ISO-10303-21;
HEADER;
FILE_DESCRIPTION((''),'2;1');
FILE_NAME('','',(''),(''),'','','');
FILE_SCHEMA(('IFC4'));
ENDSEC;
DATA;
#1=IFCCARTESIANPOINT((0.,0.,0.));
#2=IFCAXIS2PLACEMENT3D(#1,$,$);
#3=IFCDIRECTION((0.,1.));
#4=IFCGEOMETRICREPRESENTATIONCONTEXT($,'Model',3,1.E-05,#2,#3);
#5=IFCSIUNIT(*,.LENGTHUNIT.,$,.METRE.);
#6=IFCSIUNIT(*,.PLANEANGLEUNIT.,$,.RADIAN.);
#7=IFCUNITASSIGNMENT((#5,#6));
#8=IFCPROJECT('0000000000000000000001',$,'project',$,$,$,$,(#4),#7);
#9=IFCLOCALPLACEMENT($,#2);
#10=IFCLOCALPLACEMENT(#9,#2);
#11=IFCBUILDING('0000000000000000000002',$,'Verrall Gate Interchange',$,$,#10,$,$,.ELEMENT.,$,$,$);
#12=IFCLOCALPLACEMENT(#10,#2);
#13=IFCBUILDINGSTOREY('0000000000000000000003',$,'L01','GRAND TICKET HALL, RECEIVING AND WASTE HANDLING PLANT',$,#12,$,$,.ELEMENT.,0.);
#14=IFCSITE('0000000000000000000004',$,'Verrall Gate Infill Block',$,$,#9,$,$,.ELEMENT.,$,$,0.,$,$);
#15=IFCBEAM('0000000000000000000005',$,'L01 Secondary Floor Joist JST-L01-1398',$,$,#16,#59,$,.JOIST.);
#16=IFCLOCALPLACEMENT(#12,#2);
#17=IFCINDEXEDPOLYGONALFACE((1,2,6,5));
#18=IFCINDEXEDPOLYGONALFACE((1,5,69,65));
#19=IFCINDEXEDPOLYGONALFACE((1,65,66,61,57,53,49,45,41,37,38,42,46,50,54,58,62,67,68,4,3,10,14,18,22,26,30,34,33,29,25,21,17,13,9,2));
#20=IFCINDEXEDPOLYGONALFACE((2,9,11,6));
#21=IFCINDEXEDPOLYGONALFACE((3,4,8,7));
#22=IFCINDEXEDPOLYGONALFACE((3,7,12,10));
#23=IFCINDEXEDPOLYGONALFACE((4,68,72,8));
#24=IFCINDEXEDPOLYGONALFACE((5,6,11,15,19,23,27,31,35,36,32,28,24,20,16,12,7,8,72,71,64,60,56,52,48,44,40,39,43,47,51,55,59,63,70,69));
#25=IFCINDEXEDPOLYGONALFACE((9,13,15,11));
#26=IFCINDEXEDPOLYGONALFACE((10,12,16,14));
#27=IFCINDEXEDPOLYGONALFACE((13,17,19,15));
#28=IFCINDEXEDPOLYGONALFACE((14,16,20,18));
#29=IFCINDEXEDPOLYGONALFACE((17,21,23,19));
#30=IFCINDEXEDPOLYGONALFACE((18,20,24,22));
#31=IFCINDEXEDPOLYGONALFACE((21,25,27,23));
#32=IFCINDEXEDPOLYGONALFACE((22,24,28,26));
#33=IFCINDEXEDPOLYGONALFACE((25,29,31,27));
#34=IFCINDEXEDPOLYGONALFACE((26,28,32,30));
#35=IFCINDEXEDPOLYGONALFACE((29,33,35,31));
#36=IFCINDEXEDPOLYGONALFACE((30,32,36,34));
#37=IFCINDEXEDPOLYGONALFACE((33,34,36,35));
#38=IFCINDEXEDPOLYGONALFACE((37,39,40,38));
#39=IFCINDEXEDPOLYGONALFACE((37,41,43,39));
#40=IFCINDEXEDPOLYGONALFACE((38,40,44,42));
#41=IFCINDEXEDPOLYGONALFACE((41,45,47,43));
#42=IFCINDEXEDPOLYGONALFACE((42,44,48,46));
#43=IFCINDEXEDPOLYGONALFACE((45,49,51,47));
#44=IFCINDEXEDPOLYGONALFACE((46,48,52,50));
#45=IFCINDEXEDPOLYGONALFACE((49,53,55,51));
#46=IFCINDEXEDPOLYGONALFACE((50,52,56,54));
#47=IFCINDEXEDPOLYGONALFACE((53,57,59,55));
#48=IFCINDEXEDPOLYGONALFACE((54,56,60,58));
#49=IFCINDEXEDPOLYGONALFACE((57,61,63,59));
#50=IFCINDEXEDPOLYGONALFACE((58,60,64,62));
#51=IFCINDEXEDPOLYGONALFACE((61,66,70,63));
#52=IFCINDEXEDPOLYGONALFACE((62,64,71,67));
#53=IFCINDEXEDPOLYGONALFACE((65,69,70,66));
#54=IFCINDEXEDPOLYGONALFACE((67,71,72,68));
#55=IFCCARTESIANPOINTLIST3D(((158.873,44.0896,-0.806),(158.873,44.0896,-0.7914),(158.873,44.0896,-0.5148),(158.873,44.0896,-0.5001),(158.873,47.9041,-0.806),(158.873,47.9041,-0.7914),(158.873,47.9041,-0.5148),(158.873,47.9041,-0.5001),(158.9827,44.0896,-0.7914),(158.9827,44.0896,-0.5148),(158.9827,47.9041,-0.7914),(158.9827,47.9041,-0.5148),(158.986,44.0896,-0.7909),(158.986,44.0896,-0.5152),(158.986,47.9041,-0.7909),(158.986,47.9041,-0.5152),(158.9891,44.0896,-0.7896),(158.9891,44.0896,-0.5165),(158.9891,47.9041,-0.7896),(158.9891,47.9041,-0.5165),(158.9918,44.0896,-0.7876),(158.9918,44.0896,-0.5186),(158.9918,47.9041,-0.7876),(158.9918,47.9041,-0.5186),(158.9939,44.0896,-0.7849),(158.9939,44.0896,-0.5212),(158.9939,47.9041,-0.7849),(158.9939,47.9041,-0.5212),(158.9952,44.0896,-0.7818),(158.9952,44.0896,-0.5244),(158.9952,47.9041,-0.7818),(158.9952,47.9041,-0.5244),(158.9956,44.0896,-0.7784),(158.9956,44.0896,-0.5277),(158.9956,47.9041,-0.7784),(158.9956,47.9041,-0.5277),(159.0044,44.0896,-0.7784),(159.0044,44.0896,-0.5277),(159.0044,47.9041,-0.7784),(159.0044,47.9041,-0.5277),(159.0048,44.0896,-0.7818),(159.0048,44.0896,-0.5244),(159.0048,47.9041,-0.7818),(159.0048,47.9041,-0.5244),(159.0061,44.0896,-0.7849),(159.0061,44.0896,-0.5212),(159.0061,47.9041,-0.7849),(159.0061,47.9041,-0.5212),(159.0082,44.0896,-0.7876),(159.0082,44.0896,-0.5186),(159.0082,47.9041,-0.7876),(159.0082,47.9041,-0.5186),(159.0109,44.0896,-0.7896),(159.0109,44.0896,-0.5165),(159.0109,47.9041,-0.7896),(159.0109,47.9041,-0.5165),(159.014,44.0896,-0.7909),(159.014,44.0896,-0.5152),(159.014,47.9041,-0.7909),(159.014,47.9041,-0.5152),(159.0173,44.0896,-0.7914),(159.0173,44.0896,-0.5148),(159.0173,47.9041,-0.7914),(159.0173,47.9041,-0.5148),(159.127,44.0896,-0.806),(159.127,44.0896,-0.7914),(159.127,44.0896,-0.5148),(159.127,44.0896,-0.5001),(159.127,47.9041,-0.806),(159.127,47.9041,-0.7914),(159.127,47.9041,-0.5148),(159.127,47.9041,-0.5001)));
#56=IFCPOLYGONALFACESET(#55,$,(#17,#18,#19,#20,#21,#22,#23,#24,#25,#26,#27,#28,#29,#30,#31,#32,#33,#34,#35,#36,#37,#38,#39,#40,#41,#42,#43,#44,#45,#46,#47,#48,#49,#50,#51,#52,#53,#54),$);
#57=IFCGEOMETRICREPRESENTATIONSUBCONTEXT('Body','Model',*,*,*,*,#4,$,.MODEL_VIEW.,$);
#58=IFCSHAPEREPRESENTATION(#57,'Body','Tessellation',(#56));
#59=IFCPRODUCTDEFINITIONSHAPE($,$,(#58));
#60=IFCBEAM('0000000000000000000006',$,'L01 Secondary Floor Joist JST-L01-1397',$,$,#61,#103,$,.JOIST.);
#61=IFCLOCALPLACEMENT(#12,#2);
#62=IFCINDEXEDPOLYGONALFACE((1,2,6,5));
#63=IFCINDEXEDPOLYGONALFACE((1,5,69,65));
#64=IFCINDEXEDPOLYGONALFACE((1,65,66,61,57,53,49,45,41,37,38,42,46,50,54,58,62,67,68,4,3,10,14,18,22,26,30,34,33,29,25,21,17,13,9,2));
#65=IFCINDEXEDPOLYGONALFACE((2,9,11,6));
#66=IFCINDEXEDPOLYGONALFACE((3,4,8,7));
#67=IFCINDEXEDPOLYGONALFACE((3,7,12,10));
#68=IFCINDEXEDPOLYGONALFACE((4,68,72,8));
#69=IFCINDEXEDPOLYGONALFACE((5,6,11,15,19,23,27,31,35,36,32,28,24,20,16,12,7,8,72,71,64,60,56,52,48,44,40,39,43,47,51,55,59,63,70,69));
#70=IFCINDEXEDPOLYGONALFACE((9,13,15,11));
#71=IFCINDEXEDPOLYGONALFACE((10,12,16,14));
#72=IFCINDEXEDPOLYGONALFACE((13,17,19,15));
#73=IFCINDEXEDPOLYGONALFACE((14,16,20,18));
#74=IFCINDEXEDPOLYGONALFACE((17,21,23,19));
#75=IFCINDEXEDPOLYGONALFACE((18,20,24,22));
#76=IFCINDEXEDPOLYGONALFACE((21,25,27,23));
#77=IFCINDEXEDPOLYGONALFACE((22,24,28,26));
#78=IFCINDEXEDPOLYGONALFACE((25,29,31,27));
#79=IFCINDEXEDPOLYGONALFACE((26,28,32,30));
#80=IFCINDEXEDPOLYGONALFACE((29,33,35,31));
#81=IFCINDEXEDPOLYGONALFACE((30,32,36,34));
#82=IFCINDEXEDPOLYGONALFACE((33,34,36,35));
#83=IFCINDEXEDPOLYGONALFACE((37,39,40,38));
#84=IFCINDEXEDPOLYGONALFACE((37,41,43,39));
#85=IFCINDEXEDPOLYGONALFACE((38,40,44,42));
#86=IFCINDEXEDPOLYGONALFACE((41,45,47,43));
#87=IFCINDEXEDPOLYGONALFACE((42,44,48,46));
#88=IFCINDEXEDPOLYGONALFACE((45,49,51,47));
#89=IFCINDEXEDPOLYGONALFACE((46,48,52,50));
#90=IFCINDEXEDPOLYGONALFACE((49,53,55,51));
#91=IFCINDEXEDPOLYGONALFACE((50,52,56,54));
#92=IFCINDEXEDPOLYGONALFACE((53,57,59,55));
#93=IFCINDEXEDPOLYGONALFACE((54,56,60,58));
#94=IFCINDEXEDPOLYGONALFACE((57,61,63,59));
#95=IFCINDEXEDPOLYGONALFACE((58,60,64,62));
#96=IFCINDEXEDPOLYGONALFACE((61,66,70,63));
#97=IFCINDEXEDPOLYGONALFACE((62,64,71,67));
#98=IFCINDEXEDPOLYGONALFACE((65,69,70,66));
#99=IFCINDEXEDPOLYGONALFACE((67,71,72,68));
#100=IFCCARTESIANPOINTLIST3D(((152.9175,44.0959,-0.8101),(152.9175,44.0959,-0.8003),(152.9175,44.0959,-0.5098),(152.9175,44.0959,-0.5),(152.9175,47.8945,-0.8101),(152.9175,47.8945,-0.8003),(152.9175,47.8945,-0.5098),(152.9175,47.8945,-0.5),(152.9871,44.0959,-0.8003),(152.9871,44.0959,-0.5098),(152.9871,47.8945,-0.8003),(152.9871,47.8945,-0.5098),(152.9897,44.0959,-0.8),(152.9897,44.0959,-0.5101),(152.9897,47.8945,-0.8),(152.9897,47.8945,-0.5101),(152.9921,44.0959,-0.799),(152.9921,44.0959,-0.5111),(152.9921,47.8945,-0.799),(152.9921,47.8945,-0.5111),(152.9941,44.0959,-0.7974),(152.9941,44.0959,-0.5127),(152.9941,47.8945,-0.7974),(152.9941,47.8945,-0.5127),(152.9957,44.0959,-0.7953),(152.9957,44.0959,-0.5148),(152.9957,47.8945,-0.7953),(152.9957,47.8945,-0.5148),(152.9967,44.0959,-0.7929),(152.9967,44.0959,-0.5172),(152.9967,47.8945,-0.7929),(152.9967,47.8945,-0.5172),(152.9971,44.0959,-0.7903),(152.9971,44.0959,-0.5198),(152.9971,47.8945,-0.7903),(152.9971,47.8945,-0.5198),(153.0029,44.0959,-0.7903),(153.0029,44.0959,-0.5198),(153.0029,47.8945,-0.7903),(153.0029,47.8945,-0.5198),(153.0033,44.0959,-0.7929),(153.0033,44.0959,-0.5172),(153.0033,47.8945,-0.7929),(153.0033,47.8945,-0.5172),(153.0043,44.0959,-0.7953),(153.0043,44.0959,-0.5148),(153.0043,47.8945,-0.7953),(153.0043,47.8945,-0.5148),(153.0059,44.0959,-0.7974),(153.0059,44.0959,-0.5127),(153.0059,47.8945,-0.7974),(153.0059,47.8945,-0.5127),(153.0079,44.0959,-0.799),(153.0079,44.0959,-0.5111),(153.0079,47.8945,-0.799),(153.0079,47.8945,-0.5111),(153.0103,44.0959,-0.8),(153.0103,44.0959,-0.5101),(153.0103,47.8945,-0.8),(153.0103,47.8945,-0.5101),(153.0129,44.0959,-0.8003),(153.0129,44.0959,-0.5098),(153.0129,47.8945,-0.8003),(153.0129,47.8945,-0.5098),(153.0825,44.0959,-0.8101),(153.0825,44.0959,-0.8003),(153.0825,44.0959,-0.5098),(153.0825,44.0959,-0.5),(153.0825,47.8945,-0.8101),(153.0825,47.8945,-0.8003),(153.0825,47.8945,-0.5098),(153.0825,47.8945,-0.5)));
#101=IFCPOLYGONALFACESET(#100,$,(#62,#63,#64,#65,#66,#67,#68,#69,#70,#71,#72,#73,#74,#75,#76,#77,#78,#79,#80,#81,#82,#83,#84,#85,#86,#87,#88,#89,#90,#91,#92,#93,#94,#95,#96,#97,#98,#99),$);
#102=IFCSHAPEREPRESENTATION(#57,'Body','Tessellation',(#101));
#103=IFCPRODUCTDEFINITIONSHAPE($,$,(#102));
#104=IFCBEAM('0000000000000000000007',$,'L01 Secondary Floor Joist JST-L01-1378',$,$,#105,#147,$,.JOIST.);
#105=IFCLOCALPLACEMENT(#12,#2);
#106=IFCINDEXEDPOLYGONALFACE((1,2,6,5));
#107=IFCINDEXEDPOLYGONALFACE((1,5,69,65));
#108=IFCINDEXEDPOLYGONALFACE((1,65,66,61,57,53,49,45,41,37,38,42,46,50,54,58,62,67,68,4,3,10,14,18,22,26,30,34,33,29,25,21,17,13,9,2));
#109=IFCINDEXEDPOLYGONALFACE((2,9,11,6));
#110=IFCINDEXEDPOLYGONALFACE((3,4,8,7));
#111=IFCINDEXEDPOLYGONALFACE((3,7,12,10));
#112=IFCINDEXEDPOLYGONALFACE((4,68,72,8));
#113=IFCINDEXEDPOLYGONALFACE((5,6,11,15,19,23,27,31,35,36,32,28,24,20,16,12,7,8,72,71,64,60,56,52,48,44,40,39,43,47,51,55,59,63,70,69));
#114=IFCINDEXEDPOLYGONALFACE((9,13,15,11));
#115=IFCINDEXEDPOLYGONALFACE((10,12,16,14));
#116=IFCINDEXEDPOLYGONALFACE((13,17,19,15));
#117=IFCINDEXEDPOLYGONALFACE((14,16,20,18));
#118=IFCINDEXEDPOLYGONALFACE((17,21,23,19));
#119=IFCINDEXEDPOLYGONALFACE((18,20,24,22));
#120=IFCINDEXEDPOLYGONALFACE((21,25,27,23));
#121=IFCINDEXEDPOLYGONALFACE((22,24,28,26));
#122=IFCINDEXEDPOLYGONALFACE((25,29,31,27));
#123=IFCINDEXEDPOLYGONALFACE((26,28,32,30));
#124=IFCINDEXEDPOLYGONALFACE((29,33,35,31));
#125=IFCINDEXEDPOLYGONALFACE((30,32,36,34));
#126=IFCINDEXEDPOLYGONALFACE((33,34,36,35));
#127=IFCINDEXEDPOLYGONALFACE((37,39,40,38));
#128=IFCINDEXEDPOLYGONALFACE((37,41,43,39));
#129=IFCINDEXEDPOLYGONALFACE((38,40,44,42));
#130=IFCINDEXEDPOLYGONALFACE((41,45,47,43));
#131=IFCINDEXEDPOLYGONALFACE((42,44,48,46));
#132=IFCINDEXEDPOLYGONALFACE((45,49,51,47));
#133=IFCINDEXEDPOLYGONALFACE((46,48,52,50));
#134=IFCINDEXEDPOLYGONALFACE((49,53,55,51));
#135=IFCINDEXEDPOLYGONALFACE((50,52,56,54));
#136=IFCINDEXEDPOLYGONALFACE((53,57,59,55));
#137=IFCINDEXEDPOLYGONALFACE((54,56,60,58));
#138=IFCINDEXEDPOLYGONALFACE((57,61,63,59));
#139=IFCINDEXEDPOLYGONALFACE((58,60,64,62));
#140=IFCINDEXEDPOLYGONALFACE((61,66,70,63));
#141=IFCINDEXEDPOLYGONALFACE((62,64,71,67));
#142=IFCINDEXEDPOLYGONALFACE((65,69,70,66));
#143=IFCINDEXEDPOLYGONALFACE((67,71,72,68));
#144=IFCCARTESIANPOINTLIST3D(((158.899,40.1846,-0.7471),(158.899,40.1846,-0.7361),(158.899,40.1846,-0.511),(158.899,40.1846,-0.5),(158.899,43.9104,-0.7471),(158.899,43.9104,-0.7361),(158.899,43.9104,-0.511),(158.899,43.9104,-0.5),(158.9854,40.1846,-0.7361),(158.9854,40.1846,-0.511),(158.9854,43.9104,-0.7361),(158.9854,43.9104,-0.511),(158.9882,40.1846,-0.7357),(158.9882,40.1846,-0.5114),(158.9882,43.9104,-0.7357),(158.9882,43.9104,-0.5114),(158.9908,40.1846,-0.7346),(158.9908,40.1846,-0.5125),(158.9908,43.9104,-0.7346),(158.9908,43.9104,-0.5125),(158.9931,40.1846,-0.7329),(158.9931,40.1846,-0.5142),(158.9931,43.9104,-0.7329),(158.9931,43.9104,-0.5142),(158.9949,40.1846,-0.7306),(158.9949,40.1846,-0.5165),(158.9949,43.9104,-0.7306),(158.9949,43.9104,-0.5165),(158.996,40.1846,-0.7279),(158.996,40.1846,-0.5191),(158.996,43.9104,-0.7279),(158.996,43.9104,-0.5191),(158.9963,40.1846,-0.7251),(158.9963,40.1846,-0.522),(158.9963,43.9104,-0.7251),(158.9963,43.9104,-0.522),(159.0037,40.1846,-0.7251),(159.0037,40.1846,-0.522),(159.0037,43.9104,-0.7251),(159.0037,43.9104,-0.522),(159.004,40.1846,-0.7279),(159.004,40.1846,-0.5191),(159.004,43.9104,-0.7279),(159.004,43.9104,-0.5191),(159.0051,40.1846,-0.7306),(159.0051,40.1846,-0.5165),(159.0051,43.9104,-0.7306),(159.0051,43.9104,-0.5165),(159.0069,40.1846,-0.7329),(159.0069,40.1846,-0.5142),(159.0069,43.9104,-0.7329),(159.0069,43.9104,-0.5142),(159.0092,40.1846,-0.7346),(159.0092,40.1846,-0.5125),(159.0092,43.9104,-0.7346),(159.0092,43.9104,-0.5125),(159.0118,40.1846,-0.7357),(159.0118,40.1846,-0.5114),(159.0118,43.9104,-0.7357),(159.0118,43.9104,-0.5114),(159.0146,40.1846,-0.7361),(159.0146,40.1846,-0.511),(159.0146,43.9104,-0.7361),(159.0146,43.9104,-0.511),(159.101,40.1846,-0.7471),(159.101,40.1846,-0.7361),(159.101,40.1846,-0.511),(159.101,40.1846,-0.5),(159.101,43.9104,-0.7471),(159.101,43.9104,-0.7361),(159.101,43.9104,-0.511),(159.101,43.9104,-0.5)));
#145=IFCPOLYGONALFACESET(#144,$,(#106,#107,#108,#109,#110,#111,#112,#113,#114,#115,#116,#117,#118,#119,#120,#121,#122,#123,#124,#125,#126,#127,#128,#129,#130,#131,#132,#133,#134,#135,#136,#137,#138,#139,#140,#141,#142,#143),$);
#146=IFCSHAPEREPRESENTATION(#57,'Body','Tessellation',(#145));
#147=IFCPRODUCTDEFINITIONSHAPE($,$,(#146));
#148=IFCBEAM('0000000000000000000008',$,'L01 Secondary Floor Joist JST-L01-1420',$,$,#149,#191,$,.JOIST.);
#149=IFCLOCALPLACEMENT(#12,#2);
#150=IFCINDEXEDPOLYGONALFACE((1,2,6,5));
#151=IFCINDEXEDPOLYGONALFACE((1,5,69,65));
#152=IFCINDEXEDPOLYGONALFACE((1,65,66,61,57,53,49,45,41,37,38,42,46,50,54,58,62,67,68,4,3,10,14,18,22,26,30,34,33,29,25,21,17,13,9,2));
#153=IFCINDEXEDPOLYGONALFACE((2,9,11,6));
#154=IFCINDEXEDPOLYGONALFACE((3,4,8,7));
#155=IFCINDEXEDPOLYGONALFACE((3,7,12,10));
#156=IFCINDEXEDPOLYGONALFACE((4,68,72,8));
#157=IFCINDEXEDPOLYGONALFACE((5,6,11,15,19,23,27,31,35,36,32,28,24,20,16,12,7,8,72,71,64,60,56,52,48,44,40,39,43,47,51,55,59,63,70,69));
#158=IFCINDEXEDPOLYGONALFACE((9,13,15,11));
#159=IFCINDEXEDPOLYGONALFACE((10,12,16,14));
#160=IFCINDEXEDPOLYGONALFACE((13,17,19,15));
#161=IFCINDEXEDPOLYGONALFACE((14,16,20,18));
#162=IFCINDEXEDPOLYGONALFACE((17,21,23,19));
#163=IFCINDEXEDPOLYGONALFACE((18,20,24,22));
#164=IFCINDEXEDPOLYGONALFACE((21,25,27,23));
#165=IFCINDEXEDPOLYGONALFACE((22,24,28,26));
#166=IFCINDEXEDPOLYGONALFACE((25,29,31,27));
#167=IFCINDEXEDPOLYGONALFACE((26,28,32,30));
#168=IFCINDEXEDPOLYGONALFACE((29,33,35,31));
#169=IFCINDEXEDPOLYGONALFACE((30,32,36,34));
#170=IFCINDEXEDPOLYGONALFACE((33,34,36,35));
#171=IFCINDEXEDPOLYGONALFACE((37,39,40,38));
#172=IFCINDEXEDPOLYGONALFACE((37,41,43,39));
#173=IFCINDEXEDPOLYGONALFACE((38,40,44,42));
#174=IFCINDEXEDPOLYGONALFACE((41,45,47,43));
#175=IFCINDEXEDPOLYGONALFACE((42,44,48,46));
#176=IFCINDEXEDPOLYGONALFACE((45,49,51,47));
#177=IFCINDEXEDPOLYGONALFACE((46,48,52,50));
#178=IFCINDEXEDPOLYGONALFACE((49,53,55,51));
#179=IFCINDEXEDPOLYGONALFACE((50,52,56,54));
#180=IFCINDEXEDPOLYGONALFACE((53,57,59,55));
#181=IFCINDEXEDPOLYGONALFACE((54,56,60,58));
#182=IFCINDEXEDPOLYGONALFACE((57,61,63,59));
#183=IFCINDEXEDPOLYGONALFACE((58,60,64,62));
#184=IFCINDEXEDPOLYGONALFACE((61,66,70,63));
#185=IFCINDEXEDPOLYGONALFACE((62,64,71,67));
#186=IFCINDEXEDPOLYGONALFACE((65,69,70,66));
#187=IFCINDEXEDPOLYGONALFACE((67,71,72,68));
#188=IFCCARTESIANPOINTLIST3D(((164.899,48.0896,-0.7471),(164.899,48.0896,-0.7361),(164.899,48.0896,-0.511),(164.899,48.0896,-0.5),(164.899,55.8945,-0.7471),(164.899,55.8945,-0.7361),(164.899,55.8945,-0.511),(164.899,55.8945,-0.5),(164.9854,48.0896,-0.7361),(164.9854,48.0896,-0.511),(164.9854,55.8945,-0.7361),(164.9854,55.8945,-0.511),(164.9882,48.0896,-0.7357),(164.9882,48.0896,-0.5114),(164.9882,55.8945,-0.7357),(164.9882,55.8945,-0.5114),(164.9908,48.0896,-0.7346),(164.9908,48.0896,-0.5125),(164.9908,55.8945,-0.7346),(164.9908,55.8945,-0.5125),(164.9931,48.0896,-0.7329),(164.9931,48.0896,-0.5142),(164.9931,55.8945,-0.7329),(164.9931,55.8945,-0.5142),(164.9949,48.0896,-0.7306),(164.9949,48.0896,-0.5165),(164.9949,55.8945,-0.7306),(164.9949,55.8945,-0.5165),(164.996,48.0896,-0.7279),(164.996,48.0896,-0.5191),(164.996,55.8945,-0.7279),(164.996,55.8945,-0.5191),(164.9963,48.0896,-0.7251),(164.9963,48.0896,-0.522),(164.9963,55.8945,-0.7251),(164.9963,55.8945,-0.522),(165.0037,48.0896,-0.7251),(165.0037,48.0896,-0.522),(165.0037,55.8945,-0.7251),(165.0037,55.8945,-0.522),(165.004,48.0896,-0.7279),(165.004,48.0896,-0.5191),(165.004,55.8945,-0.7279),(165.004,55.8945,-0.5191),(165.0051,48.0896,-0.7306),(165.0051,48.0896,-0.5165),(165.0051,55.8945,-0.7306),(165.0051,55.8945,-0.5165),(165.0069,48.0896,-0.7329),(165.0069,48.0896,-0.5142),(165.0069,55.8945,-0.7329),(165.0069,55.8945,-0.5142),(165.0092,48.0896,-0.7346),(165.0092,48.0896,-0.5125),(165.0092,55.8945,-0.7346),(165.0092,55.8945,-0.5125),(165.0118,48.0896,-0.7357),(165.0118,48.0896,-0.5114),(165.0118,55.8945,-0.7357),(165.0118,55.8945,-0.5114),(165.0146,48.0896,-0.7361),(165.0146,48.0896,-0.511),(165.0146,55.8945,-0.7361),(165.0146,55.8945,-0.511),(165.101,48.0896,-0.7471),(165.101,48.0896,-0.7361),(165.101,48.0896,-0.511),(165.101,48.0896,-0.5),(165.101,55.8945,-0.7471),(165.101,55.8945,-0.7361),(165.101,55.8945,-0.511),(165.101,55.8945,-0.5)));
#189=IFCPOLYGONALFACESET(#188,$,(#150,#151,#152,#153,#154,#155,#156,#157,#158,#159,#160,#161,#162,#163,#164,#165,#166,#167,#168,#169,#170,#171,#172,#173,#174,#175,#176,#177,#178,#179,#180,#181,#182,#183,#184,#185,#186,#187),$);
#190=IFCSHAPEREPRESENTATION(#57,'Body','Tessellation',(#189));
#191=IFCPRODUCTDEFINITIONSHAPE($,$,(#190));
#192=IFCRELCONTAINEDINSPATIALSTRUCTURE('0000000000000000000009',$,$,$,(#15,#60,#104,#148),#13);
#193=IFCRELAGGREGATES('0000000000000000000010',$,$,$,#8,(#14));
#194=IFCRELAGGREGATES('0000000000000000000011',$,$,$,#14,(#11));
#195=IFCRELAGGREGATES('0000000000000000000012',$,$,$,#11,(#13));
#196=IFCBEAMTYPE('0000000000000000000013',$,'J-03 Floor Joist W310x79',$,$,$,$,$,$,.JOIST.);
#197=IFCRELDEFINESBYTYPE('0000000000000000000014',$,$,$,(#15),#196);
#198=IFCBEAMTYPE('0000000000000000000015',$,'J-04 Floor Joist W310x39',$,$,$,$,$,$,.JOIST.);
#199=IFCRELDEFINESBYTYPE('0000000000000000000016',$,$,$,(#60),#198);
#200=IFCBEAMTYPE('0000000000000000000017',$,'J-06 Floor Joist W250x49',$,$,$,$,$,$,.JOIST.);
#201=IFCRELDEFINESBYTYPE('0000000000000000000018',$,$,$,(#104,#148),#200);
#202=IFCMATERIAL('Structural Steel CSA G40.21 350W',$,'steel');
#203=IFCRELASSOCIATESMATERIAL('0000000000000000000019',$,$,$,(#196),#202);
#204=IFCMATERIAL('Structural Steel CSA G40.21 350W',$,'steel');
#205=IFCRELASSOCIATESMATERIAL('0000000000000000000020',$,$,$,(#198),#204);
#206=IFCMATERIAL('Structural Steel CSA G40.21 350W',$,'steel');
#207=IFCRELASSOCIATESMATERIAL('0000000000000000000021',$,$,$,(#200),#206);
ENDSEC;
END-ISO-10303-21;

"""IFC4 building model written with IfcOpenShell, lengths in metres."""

from ifc_helpers import new_model, si_unit, direction, frame, origin, origin_2d, place, context, subcontext, project, spatial, i_section, extrude, material, material_profile, profile_set, type_object, element, save


model = new_model("IFC4")

# Units and contexts
model_context = context("Model", 3, precision=1e-05, world=origin(), true_north=direction((0.0, 1.0)))
body_context = subcontext(model_context, "Body", "Model", "MODEL_VIEW")
ifc_project = project(units=[si_unit("LENGTHUNIT", "METRE"), si_unit("PLANEANGLEUNIT", "RADIAN")], contexts=[model_context])

# Site, building, storey
site_placement = place(None, origin())
site = spatial("IfcSite", under=ifc_project, at=site_placement, Name="Verrall Gate Infill Block", CompositionType="ELEMENT", RefElevation=0.0)
building_placement = place(site_placement, origin())
building = spatial("IfcBuilding", under=site, at=building_placement, Name="Verrall Gate Interchange", CompositionType="ELEMENT")
storey_placement = place(building_placement, origin())
storey = spatial("IfcBuildingStorey", under=building, at=storey_placement, Name="L01", Description="GRAND TICKET HALL, RECEIVING AND WASTE HANDLING PLANT", CompositionType="ELEMENT", Elevation=0.0)

# Beams
ifc_material_1 = material(Name="Structural Steel CSA G40.21 350W", Category="steel")
ifc_material_profile_1 = material_profile(ifc_material_1, i_section(OverallWidth=0.2539, OverallDepth=0.3059, WebThickness=0.0088, FlangeThickness=0.0146, FilletRadius=0.0129, at=origin_2d()), Name="W310x79")
ifc_profile_set_1 = profile_set([ifc_material_profile_1], Name="Structural Steel CSA G40.21 350W")
beam_type_1 = type_object("IfcBeamType", Name="J-03 Floor Joist W310x79", PredefinedType="JOIST", material=ifc_profile_set_1)
beam_1_placement = place(storey_placement, frame((159.0, 44.0896, -0.6531), z_axis=(0.0, 1.0, 0.0), x_axis=(-1.0, 0.0, 0.0)))
element("IfcBeam", 1, at=beam_1_placement, inside=storey, type_object=beam_type_1, Name="L01 Secondary Floor Joist JST-L01-1398", PredefinedType="JOIST", context=body_context, shape_type="SweptSolid", body=[
    extrude(i_section(OverallWidth=0.2539, OverallDepth=0.3059, WebThickness=0.0088, FlangeThickness=0.0146, FilletRadius=0.0129, at=origin_2d()), origin(), (0.0, 0.0, 1.0), 3.8145),
])
ifc_material_2 = material(Name="Structural Steel CSA G40.21 350W", Category="steel")
ifc_material_profile_2 = material_profile(ifc_material_2, i_section(OverallWidth=0.165, OverallDepth=0.3101, WebThickness=0.0059, FlangeThickness=0.0098, FilletRadius=0.01, at=origin_2d()), Name="W310x39")
ifc_profile_set_2 = profile_set([ifc_material_profile_2], Name="Structural Steel CSA G40.21 350W")
beam_type_2 = type_object("IfcBeamType", Name="J-04 Floor Joist W310x39", PredefinedType="JOIST", material=ifc_profile_set_2)
beam_2_placement = place(storey_placement, frame((153.0, 44.0959, -0.655), z_axis=(0.0, 1.0, 0.0), x_axis=(-1.0, 0.0, 0.0)))
element("IfcBeam", 2, at=beam_2_placement, inside=storey, type_object=beam_type_2, Name="L01 Secondary Floor Joist JST-L01-1397", PredefinedType="JOIST", context=body_context, shape_type="SweptSolid", body=[
    extrude(i_section(OverallWidth=0.165, OverallDepth=0.3101, WebThickness=0.0059, FlangeThickness=0.0098, FilletRadius=0.01, at=origin_2d()), origin(), (0.0, 0.0, 1.0), 3.7986),
])
ifc_material_3 = material(Name="Structural Steel CSA G40.21 350W", Category="steel")
ifc_material_profile_3 = material_profile(ifc_material_3, i_section(OverallWidth=0.2019, OverallDepth=0.2471, WebThickness=0.0073, FlangeThickness=0.011, FilletRadius=0.011, at=origin_2d()), Name="W250x49")
ifc_profile_set_3 = profile_set([ifc_material_profile_3], Name="Structural Steel CSA G40.21 350W")
beam_type_3 = type_object("IfcBeamType", Name="J-06 Floor Joist W250x49", PredefinedType="JOIST", material=ifc_profile_set_3)
beam_3_placement = place(storey_placement, frame((159.0, 40.1846, -0.6235), z_axis=(0.0, 1.0, 0.0), x_axis=(-1.0, 0.0, 0.0)))
element("IfcBeam", 3, at=beam_3_placement, inside=storey, type_object=beam_type_3, Name="L01 Secondary Floor Joist JST-L01-1378", PredefinedType="JOIST", context=body_context, shape_type="SweptSolid", body=[
    extrude(i_section(OverallWidth=0.2019, OverallDepth=0.2471, WebThickness=0.0073, FlangeThickness=0.011, FilletRadius=0.011, at=origin_2d()), origin(), (0.0, 0.0, 1.0), 3.7258),
])
beam_4_placement = place(storey_placement, frame((165.0, 48.0896, -0.6235), z_axis=(0.0, 1.0, 0.0), x_axis=(-1.0, 0.0, 0.0)))
element("IfcBeam", 4, at=beam_4_placement, inside=storey, type_object=beam_type_3, Name="L01 Secondary Floor Joist JST-L01-1420", PredefinedType="JOIST", context=body_context, shape_type="SweptSolid", body=[
    extrude(i_section(OverallWidth=0.2019, OverallDepth=0.2471, WebThickness=0.0073, FlangeThickness=0.011, FilletRadius=0.011, at=origin_2d()), origin(), (0.0, 0.0, 1.0), 7.8049),
])

save(model, "model.ifc")
